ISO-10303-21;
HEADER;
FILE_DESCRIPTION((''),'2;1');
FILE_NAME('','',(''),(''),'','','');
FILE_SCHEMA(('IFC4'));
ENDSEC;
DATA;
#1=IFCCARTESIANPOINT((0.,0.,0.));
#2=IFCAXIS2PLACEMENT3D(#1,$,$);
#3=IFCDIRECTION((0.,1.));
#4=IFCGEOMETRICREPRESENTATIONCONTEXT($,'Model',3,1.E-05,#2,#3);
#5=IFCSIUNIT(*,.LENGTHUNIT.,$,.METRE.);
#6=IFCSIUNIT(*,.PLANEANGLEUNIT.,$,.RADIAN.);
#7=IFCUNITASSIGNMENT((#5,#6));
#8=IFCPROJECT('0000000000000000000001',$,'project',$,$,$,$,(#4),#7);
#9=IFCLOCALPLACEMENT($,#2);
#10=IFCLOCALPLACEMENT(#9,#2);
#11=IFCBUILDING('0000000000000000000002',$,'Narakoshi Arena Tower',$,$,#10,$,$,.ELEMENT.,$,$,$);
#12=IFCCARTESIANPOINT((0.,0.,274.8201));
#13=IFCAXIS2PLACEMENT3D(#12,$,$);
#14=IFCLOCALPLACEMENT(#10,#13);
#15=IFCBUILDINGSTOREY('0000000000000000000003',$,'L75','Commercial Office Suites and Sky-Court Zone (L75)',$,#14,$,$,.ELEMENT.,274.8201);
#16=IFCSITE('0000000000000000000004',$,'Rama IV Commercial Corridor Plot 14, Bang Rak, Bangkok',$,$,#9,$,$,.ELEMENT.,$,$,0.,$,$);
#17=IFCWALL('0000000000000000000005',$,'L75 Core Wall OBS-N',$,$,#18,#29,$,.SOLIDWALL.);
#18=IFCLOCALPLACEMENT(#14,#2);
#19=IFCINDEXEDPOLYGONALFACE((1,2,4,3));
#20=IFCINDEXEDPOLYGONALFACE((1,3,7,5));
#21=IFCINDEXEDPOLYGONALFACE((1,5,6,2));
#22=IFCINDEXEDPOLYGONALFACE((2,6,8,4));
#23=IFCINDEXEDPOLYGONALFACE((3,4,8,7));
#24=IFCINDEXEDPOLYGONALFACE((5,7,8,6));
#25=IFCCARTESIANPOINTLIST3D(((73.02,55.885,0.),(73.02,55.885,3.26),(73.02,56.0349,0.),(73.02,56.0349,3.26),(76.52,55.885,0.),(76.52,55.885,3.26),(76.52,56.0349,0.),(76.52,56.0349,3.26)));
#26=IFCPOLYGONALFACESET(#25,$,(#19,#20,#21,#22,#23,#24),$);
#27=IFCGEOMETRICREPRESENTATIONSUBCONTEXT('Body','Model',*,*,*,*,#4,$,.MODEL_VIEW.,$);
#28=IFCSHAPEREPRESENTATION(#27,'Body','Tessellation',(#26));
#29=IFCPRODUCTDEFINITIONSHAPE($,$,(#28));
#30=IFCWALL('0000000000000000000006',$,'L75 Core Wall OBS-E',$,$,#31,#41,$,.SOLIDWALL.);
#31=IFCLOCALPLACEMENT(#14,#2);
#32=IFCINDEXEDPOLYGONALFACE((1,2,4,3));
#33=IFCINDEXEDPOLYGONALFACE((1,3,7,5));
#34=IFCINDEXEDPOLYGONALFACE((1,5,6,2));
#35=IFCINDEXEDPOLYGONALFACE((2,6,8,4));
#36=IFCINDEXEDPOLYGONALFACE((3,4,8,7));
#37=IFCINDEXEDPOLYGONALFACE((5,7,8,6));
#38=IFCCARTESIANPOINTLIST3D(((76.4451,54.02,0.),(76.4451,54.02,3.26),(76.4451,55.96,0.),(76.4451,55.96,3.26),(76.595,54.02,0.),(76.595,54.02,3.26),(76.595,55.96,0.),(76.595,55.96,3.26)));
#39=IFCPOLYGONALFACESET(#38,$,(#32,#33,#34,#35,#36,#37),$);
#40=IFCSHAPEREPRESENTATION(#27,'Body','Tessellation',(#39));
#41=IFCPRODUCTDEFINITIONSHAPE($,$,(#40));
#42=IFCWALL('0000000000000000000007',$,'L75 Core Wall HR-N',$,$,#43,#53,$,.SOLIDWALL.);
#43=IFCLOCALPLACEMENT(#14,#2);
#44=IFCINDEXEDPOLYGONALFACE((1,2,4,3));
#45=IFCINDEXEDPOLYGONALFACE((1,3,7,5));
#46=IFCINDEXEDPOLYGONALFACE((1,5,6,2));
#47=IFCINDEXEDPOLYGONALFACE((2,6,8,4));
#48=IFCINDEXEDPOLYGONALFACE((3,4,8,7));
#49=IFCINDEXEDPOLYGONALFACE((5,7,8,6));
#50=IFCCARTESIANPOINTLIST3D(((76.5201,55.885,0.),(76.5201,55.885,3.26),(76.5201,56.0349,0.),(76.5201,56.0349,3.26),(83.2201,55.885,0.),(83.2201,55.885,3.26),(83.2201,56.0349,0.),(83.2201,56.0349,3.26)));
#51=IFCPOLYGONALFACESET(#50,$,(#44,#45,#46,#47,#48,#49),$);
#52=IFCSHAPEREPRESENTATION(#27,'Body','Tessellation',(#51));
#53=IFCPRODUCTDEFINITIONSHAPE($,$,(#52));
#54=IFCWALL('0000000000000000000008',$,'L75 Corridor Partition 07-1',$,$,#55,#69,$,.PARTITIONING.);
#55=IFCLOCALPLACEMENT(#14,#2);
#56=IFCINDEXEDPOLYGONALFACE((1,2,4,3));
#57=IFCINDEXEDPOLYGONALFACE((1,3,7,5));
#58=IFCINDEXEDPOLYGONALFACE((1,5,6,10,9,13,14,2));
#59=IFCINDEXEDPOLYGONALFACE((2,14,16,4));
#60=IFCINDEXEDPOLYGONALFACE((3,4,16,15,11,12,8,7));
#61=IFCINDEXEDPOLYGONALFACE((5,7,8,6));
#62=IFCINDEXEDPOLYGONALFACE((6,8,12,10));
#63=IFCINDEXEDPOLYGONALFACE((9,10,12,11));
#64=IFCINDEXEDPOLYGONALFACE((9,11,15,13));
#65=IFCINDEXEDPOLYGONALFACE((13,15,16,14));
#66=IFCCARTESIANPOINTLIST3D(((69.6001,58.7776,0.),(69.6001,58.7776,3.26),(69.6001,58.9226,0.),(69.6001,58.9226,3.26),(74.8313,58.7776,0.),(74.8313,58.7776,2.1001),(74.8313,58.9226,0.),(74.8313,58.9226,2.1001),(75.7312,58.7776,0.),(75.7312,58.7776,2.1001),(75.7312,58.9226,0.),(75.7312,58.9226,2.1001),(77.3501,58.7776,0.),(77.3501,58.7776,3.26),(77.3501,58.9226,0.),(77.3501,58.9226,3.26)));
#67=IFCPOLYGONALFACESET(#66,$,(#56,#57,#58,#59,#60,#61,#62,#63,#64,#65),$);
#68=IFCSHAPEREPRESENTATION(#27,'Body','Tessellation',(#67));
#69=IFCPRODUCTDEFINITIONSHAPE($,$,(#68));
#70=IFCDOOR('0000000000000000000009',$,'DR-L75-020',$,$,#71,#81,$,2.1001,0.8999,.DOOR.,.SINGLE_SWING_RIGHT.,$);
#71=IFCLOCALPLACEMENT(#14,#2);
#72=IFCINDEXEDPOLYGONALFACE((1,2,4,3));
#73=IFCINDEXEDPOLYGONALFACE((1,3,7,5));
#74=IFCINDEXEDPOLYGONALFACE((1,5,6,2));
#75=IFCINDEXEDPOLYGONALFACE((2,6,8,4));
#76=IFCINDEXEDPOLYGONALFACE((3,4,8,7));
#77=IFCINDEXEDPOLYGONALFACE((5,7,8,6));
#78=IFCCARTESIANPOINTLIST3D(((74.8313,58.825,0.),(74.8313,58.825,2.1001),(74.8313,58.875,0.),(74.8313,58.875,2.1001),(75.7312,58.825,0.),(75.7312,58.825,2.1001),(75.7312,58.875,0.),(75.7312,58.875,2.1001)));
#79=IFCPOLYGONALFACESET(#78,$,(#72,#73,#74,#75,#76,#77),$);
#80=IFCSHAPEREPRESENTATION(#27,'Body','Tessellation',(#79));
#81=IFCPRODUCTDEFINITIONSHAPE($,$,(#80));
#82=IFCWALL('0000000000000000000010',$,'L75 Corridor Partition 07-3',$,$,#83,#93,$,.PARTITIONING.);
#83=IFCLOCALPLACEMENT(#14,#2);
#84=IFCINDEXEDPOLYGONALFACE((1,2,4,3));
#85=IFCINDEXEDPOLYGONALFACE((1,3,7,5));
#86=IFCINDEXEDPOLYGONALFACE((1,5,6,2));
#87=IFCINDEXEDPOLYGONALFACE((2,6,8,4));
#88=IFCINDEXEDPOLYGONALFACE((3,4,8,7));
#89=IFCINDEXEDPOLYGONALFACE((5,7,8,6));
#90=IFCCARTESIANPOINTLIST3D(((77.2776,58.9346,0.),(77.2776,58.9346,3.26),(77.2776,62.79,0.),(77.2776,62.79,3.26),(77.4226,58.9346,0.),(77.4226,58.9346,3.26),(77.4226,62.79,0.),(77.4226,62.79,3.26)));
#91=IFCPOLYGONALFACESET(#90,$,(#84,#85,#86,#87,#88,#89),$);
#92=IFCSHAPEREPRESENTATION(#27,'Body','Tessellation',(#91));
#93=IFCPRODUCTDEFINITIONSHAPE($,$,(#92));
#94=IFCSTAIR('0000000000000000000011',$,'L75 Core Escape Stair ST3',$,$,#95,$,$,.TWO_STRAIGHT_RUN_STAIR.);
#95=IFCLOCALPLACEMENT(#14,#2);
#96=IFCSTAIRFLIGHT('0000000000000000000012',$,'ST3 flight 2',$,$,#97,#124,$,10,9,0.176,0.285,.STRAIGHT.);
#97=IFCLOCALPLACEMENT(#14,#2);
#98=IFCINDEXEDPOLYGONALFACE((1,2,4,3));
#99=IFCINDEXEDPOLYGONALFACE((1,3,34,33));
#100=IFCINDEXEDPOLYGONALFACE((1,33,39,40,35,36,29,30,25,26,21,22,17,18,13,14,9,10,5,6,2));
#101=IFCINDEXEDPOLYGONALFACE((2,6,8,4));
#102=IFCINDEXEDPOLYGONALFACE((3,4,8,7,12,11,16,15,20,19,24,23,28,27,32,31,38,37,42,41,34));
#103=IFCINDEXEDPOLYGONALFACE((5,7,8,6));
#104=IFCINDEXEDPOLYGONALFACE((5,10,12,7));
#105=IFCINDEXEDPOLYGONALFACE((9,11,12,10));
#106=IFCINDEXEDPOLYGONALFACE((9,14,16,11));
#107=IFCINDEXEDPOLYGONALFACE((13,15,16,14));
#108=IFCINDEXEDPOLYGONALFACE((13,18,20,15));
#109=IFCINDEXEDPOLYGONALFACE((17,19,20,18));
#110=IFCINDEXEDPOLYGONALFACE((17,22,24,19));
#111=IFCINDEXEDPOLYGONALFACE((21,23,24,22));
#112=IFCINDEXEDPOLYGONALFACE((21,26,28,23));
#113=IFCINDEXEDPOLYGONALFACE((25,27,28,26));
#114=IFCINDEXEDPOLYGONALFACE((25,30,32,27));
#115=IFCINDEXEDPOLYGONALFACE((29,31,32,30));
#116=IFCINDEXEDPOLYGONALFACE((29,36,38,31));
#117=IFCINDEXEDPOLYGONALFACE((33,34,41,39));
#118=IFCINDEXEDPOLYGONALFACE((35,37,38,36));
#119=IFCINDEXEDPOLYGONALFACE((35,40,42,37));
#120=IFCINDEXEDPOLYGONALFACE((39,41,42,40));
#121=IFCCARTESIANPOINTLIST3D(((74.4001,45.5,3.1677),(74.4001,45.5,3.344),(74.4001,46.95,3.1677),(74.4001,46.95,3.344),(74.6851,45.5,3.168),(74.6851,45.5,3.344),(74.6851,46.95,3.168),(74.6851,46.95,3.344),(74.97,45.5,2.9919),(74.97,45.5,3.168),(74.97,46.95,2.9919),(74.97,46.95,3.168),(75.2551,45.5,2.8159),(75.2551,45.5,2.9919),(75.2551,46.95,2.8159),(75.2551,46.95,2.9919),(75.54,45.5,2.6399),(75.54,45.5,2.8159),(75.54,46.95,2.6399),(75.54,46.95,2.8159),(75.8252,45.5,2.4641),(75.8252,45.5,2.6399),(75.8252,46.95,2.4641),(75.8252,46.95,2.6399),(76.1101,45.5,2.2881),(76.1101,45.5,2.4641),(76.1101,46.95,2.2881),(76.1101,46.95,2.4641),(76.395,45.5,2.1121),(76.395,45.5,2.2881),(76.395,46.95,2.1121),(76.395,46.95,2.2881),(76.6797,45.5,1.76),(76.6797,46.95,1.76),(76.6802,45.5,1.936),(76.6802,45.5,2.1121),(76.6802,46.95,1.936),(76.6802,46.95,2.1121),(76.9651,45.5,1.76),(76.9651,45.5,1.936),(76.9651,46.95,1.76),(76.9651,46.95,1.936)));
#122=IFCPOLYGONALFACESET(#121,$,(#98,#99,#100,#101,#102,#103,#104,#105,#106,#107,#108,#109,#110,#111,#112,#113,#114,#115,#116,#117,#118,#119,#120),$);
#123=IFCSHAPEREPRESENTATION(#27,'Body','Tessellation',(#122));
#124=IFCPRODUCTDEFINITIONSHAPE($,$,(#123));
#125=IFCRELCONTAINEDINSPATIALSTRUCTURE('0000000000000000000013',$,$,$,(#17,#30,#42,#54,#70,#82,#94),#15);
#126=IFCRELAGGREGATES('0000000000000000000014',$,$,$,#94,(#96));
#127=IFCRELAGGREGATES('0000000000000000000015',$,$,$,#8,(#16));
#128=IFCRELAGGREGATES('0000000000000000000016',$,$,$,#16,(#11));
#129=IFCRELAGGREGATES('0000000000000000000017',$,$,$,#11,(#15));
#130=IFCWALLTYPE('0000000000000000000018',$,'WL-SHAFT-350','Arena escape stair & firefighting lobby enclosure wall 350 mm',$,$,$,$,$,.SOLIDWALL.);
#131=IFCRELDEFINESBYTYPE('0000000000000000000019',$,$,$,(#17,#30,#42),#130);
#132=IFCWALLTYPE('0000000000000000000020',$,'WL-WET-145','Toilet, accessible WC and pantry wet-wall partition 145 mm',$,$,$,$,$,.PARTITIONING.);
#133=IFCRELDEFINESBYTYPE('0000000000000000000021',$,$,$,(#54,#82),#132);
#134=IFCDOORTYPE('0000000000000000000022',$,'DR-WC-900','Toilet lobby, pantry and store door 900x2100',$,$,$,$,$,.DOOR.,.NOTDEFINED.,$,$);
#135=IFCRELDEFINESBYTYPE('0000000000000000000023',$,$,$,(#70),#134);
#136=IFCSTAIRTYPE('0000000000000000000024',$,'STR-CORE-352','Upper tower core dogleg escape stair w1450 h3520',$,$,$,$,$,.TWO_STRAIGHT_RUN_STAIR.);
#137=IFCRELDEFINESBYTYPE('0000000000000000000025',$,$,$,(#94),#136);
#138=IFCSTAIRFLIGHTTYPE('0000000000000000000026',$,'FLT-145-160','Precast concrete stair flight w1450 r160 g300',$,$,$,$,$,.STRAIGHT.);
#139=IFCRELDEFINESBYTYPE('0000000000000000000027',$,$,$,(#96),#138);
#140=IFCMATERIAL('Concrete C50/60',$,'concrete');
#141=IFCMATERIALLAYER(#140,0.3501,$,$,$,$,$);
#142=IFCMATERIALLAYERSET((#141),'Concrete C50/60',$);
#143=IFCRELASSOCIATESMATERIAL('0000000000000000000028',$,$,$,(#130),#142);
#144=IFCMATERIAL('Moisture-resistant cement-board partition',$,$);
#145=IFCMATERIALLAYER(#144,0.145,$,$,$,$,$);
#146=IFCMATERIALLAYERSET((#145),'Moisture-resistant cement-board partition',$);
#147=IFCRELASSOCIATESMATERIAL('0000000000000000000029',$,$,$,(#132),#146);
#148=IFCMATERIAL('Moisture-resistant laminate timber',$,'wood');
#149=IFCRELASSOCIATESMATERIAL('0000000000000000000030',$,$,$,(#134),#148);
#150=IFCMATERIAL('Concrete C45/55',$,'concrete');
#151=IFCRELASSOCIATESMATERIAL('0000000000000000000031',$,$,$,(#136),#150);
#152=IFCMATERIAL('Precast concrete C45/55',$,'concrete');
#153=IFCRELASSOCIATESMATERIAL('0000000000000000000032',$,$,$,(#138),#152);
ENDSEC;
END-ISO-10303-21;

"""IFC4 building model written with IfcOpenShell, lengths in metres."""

from ifc_helpers import new_model, si_unit, direction, frame, frame_2d, origin, place, context, subcontext, project, spatial, polyline, rectangle, outline, extrude, material, layer, layer_set, type_object, element, fill, aggregate, save


model = new_model("IFC4")

# Units and contexts
model_context = context("Model", 3, precision=1e-05, world=origin(), true_north=direction((0.0, 1.0)))
body_context = subcontext(model_context, "Body", "Model", "MODEL_VIEW")
ifc_project = project(units=[si_unit("LENGTHUNIT", "METRE"), si_unit("PLANEANGLEUNIT", "RADIAN")], contexts=[model_context])

# Site, building, storey
site_placement = place(None, origin())
site = spatial("IfcSite", under=ifc_project, at=site_placement, Name="Rama IV Commercial Corridor Plot 14, Bang Rak, Bangkok", CompositionType="ELEMENT", RefElevation=0.0)
building_placement = place(site_placement, origin())
building = spatial("IfcBuilding", under=site, at=building_placement, Name="Narakoshi Arena Tower", CompositionType="ELEMENT")
storey_placement = place(building_placement, frame((0.0, 0.0, 274.8201)))
storey = spatial("IfcBuildingStorey", under=building, at=storey_placement, Name="L75", Description="Commercial Office Suites and Sky-Court Zone (L75)", CompositionType="ELEMENT", Elevation=274.8201)

# Shared definitions
ifc_material_1 = material(Name="Concrete C50/60", Category="concrete")
ifc_layer_1 = layer(ifc_material_1, 0.3501)
ifc_layer_set_1 = layer_set([ifc_layer_1], Name="Concrete C50/60")
wall_type_1 = type_object("IfcWallType", Name="WL-SHAFT-350", Description="Arena escape stair & firefighting lobby enclosure wall 350 mm", PredefinedType="SOLIDWALL", material=ifc_layer_set_1)

# Walls
wall_1_placement = place(storey_placement, frame((73.02, 55.96, 0.0), z_axis=(0.0, 0.0, 1.0), x_axis=(1.0, 0.0, 0.0)))
element("IfcWall", 1, at=wall_1_placement, inside=storey, type_object=wall_type_1, Name="L75 Core Wall OBS-N", PredefinedType="SOLIDWALL", context=body_context, shape_type="SweptSolid", body=[
    extrude(rectangle(XDim=3.5, YDim=0.1499, at=frame_2d((1.75, 0.0))), origin(), (0.0, 0.0, 1.0), 3.26),
])
wall_2_placement = place(storey_placement, frame((76.52, 54.02, 0.0), z_axis=(0.0, 0.0, 1.0), x_axis=(0.0, 1.0, 0.0)))
element("IfcWall", 2, at=wall_2_placement, inside=storey, type_object=wall_type_1, Name="L75 Core Wall OBS-E", PredefinedType="SOLIDWALL", context=body_context, shape_type="SweptSolid", body=[
    extrude(rectangle(XDim=1.9399, YDim=0.1499, at=frame_2d((0.97, 0.0))), origin(), (0.0, 0.0, 1.0), 3.26),
])
wall_3_placement = place(storey_placement, frame((76.52, 55.96, 0.0), z_axis=(0.0, 0.0, 1.0), x_axis=(1.0, 0.0, 0.0)))
element("IfcWall", 3, at=wall_3_placement, inside=storey, type_object=wall_type_1, Name="L75 Core Wall HR-N", PredefinedType="SOLIDWALL", context=body_context, shape_type="SweptSolid", body=[
    extrude(rectangle(XDim=6.7, YDim=0.1499, at=frame_2d((3.3501, 0.0))), origin(), (0.0, 0.0, 1.0), 3.26),
])

# Wall, opening, door
ifc_material_2 = material(Name="Moisture-resistant cement-board partition")
ifc_layer_2 = layer(ifc_material_2, 0.145)
ifc_layer_set_2 = layer_set([ifc_layer_2], Name="Moisture-resistant cement-board partition")
wall_type_2 = type_object("IfcWallType", Name="WL-WET-145", Description="Toilet, accessible WC and pantry wet-wall partition 145 mm", PredefinedType="PARTITIONING", material=ifc_layer_set_2)
wall_4_placement = place(storey_placement, frame((77.3501, 58.8501, 0.0), z_axis=(0.0, 0.0, 1.0), x_axis=(-1.0, 0.0, 0.0)))
wall_4 = element("IfcWall", 4, at=wall_4_placement, inside=storey, type_object=wall_type_2, Name="L75 Corridor Partition 07-1", PredefinedType="PARTITIONING", context=body_context, shape_type="SweptSolid", body=[
    extrude(rectangle(XDim=7.75, YDim=0.145, at=frame_2d((3.875, 0.0))), origin(), (0.0, 0.0, 1.0), 3.26),
])
opening_1_placement = place(wall_4_placement, frame((1.6189, 0.0, 0.0)))
opening_1 = element("IfcOpeningElement", 5, at=opening_1_placement, cuts=wall_4, PredefinedType="OPENING", context=body_context, shape_type="SweptSolid", body=[
    extrude(rectangle(XDim=0.8999, YDim=2.1001, at=frame_2d((0.45, 1.05))), frame((0.0, 0.0825, 0.0), z_axis=(0.0, -1.0, 0.0), x_axis=(1.0, 0.0, 0.0)), (0.0, 0.0, 1.0), 0.165),
])
ifc_material_3 = material(Name="Moisture-resistant laminate timber", Category="wood")
door_type_1 = type_object("IfcDoorType", Name="DR-WC-900", Description="Toilet lobby, pantry and store door 900x2100", OperationType="NOTDEFINED", PredefinedType="DOOR", material=ifc_material_3)
door_1_placement = place(opening_1_placement, frame((0.8999, 0.0, 0.0), z_axis=(0.0, 0.0, 1.0), x_axis=(-1.0, 0.0, 0.0)))
door_1 = element("IfcDoor", 6, at=door_1_placement, inside=storey, type_object=door_type_1, Name="DR-L75-020", OperationType="SINGLE_SWING_RIGHT", OverallHeight=2.1001, OverallWidth=0.8999, PredefinedType="DOOR", context=body_context, shape_type="SweptSolid", body=[
    extrude(rectangle(XDim=0.8999, YDim=2.1001, at=frame_2d((0.45, 1.05))), frame((0.0, 0.0249, 0.0), z_axis=(0.0, -1.0, 0.0), x_axis=(1.0, 0.0, 0.0)), (0.0, 0.0, 1.0), 0.05),
])
fill(opening_1, door_1)

# Wall
wall_5_placement = place(storey_placement, frame((77.3501, 62.79, 0.0), z_axis=(0.0, 0.0, 1.0), x_axis=(0.0, -1.0, 0.0)))
element("IfcWall", 7, at=wall_5_placement, inside=storey, type_object=wall_type_2, Name="L75 Corridor Partition 07-3", PredefinedType="PARTITIONING", context=body_context, shape_type="SweptSolid", body=[
    extrude(rectangle(XDim=3.8555, YDim=0.145, at=frame_2d((1.9277, 0.0))), origin(), (0.0, 0.0, 1.0), 3.26),
])

# Stair, stair flight
ifc_material_4 = material(Name="Concrete C45/55", Category="concrete")
stair_type = type_object("IfcStairType", Name="STR-CORE-352", Description="Upper tower core dogleg escape stair w1450 h3520", PredefinedType="TWO_STRAIGHT_RUN_STAIR", material=ifc_material_4)
stair_placement = place(storey_placement, origin())
stair = element("IfcStair", 8, at=stair_placement, inside=storey, type_object=stair_type, Name="L75 Core Escape Stair ST3", PredefinedType="TWO_STRAIGHT_RUN_STAIR")
ifc_material_5 = material(Name="Precast concrete C45/55", Category="concrete")
stair_flight_type = type_object("IfcStairFlightType", Name="FLT-145-160", Description="Precast concrete stair flight w1450 r160 g300", PredefinedType="STRAIGHT", material=ifc_material_5)
stair_flight_placement = place(storey_placement, frame((76.9651, 46.2251, 1.76), z_axis=(0.0, 0.0, 1.0), x_axis=(-1.0, 0.0, 0.0)))
stair_flight = element("IfcStairFlight", 9, at=stair_flight_placement, type_object=stair_flight_type, Name="ST3 flight 2", NumberOfRisers=10, NumberOfTreads=9, PredefinedType="STRAIGHT", RiserHeight=0.176, TreadLength=0.285, context=body_context, shape_type="SweptSolid", body=[
    extrude(outline(polyline([(0.0, 0.0), (0.0, 0.176), (0.2849, 0.176), (0.2849, 0.3521), (0.5701, 0.3521), (0.5701, 0.5281), (0.855, 0.5281), (0.855, 0.7041), (1.1399, 0.7041), (1.1399, 0.8799), (1.425, 0.8799), (1.425, 1.0559), (1.71, 1.0559), (1.71, 1.2319), (1.9951, 1.2319), (1.9951, 1.408), (2.28, 1.408), (2.28, 1.584), (2.5649, 1.584), (2.5649, 1.76), (2.5649, 1.4077), (0.2854, 0.0), (0.0, 0.0)])), frame((0.0, 0.7251, 0.0), z_axis=(0.0, -1.0, 0.0), x_axis=(1.0, 0.0, 0.0)), (0.0, 0.0, 1.0), 1.45),
])
aggregate(stair, [stair_flight])

save(model, "model.ifc")
